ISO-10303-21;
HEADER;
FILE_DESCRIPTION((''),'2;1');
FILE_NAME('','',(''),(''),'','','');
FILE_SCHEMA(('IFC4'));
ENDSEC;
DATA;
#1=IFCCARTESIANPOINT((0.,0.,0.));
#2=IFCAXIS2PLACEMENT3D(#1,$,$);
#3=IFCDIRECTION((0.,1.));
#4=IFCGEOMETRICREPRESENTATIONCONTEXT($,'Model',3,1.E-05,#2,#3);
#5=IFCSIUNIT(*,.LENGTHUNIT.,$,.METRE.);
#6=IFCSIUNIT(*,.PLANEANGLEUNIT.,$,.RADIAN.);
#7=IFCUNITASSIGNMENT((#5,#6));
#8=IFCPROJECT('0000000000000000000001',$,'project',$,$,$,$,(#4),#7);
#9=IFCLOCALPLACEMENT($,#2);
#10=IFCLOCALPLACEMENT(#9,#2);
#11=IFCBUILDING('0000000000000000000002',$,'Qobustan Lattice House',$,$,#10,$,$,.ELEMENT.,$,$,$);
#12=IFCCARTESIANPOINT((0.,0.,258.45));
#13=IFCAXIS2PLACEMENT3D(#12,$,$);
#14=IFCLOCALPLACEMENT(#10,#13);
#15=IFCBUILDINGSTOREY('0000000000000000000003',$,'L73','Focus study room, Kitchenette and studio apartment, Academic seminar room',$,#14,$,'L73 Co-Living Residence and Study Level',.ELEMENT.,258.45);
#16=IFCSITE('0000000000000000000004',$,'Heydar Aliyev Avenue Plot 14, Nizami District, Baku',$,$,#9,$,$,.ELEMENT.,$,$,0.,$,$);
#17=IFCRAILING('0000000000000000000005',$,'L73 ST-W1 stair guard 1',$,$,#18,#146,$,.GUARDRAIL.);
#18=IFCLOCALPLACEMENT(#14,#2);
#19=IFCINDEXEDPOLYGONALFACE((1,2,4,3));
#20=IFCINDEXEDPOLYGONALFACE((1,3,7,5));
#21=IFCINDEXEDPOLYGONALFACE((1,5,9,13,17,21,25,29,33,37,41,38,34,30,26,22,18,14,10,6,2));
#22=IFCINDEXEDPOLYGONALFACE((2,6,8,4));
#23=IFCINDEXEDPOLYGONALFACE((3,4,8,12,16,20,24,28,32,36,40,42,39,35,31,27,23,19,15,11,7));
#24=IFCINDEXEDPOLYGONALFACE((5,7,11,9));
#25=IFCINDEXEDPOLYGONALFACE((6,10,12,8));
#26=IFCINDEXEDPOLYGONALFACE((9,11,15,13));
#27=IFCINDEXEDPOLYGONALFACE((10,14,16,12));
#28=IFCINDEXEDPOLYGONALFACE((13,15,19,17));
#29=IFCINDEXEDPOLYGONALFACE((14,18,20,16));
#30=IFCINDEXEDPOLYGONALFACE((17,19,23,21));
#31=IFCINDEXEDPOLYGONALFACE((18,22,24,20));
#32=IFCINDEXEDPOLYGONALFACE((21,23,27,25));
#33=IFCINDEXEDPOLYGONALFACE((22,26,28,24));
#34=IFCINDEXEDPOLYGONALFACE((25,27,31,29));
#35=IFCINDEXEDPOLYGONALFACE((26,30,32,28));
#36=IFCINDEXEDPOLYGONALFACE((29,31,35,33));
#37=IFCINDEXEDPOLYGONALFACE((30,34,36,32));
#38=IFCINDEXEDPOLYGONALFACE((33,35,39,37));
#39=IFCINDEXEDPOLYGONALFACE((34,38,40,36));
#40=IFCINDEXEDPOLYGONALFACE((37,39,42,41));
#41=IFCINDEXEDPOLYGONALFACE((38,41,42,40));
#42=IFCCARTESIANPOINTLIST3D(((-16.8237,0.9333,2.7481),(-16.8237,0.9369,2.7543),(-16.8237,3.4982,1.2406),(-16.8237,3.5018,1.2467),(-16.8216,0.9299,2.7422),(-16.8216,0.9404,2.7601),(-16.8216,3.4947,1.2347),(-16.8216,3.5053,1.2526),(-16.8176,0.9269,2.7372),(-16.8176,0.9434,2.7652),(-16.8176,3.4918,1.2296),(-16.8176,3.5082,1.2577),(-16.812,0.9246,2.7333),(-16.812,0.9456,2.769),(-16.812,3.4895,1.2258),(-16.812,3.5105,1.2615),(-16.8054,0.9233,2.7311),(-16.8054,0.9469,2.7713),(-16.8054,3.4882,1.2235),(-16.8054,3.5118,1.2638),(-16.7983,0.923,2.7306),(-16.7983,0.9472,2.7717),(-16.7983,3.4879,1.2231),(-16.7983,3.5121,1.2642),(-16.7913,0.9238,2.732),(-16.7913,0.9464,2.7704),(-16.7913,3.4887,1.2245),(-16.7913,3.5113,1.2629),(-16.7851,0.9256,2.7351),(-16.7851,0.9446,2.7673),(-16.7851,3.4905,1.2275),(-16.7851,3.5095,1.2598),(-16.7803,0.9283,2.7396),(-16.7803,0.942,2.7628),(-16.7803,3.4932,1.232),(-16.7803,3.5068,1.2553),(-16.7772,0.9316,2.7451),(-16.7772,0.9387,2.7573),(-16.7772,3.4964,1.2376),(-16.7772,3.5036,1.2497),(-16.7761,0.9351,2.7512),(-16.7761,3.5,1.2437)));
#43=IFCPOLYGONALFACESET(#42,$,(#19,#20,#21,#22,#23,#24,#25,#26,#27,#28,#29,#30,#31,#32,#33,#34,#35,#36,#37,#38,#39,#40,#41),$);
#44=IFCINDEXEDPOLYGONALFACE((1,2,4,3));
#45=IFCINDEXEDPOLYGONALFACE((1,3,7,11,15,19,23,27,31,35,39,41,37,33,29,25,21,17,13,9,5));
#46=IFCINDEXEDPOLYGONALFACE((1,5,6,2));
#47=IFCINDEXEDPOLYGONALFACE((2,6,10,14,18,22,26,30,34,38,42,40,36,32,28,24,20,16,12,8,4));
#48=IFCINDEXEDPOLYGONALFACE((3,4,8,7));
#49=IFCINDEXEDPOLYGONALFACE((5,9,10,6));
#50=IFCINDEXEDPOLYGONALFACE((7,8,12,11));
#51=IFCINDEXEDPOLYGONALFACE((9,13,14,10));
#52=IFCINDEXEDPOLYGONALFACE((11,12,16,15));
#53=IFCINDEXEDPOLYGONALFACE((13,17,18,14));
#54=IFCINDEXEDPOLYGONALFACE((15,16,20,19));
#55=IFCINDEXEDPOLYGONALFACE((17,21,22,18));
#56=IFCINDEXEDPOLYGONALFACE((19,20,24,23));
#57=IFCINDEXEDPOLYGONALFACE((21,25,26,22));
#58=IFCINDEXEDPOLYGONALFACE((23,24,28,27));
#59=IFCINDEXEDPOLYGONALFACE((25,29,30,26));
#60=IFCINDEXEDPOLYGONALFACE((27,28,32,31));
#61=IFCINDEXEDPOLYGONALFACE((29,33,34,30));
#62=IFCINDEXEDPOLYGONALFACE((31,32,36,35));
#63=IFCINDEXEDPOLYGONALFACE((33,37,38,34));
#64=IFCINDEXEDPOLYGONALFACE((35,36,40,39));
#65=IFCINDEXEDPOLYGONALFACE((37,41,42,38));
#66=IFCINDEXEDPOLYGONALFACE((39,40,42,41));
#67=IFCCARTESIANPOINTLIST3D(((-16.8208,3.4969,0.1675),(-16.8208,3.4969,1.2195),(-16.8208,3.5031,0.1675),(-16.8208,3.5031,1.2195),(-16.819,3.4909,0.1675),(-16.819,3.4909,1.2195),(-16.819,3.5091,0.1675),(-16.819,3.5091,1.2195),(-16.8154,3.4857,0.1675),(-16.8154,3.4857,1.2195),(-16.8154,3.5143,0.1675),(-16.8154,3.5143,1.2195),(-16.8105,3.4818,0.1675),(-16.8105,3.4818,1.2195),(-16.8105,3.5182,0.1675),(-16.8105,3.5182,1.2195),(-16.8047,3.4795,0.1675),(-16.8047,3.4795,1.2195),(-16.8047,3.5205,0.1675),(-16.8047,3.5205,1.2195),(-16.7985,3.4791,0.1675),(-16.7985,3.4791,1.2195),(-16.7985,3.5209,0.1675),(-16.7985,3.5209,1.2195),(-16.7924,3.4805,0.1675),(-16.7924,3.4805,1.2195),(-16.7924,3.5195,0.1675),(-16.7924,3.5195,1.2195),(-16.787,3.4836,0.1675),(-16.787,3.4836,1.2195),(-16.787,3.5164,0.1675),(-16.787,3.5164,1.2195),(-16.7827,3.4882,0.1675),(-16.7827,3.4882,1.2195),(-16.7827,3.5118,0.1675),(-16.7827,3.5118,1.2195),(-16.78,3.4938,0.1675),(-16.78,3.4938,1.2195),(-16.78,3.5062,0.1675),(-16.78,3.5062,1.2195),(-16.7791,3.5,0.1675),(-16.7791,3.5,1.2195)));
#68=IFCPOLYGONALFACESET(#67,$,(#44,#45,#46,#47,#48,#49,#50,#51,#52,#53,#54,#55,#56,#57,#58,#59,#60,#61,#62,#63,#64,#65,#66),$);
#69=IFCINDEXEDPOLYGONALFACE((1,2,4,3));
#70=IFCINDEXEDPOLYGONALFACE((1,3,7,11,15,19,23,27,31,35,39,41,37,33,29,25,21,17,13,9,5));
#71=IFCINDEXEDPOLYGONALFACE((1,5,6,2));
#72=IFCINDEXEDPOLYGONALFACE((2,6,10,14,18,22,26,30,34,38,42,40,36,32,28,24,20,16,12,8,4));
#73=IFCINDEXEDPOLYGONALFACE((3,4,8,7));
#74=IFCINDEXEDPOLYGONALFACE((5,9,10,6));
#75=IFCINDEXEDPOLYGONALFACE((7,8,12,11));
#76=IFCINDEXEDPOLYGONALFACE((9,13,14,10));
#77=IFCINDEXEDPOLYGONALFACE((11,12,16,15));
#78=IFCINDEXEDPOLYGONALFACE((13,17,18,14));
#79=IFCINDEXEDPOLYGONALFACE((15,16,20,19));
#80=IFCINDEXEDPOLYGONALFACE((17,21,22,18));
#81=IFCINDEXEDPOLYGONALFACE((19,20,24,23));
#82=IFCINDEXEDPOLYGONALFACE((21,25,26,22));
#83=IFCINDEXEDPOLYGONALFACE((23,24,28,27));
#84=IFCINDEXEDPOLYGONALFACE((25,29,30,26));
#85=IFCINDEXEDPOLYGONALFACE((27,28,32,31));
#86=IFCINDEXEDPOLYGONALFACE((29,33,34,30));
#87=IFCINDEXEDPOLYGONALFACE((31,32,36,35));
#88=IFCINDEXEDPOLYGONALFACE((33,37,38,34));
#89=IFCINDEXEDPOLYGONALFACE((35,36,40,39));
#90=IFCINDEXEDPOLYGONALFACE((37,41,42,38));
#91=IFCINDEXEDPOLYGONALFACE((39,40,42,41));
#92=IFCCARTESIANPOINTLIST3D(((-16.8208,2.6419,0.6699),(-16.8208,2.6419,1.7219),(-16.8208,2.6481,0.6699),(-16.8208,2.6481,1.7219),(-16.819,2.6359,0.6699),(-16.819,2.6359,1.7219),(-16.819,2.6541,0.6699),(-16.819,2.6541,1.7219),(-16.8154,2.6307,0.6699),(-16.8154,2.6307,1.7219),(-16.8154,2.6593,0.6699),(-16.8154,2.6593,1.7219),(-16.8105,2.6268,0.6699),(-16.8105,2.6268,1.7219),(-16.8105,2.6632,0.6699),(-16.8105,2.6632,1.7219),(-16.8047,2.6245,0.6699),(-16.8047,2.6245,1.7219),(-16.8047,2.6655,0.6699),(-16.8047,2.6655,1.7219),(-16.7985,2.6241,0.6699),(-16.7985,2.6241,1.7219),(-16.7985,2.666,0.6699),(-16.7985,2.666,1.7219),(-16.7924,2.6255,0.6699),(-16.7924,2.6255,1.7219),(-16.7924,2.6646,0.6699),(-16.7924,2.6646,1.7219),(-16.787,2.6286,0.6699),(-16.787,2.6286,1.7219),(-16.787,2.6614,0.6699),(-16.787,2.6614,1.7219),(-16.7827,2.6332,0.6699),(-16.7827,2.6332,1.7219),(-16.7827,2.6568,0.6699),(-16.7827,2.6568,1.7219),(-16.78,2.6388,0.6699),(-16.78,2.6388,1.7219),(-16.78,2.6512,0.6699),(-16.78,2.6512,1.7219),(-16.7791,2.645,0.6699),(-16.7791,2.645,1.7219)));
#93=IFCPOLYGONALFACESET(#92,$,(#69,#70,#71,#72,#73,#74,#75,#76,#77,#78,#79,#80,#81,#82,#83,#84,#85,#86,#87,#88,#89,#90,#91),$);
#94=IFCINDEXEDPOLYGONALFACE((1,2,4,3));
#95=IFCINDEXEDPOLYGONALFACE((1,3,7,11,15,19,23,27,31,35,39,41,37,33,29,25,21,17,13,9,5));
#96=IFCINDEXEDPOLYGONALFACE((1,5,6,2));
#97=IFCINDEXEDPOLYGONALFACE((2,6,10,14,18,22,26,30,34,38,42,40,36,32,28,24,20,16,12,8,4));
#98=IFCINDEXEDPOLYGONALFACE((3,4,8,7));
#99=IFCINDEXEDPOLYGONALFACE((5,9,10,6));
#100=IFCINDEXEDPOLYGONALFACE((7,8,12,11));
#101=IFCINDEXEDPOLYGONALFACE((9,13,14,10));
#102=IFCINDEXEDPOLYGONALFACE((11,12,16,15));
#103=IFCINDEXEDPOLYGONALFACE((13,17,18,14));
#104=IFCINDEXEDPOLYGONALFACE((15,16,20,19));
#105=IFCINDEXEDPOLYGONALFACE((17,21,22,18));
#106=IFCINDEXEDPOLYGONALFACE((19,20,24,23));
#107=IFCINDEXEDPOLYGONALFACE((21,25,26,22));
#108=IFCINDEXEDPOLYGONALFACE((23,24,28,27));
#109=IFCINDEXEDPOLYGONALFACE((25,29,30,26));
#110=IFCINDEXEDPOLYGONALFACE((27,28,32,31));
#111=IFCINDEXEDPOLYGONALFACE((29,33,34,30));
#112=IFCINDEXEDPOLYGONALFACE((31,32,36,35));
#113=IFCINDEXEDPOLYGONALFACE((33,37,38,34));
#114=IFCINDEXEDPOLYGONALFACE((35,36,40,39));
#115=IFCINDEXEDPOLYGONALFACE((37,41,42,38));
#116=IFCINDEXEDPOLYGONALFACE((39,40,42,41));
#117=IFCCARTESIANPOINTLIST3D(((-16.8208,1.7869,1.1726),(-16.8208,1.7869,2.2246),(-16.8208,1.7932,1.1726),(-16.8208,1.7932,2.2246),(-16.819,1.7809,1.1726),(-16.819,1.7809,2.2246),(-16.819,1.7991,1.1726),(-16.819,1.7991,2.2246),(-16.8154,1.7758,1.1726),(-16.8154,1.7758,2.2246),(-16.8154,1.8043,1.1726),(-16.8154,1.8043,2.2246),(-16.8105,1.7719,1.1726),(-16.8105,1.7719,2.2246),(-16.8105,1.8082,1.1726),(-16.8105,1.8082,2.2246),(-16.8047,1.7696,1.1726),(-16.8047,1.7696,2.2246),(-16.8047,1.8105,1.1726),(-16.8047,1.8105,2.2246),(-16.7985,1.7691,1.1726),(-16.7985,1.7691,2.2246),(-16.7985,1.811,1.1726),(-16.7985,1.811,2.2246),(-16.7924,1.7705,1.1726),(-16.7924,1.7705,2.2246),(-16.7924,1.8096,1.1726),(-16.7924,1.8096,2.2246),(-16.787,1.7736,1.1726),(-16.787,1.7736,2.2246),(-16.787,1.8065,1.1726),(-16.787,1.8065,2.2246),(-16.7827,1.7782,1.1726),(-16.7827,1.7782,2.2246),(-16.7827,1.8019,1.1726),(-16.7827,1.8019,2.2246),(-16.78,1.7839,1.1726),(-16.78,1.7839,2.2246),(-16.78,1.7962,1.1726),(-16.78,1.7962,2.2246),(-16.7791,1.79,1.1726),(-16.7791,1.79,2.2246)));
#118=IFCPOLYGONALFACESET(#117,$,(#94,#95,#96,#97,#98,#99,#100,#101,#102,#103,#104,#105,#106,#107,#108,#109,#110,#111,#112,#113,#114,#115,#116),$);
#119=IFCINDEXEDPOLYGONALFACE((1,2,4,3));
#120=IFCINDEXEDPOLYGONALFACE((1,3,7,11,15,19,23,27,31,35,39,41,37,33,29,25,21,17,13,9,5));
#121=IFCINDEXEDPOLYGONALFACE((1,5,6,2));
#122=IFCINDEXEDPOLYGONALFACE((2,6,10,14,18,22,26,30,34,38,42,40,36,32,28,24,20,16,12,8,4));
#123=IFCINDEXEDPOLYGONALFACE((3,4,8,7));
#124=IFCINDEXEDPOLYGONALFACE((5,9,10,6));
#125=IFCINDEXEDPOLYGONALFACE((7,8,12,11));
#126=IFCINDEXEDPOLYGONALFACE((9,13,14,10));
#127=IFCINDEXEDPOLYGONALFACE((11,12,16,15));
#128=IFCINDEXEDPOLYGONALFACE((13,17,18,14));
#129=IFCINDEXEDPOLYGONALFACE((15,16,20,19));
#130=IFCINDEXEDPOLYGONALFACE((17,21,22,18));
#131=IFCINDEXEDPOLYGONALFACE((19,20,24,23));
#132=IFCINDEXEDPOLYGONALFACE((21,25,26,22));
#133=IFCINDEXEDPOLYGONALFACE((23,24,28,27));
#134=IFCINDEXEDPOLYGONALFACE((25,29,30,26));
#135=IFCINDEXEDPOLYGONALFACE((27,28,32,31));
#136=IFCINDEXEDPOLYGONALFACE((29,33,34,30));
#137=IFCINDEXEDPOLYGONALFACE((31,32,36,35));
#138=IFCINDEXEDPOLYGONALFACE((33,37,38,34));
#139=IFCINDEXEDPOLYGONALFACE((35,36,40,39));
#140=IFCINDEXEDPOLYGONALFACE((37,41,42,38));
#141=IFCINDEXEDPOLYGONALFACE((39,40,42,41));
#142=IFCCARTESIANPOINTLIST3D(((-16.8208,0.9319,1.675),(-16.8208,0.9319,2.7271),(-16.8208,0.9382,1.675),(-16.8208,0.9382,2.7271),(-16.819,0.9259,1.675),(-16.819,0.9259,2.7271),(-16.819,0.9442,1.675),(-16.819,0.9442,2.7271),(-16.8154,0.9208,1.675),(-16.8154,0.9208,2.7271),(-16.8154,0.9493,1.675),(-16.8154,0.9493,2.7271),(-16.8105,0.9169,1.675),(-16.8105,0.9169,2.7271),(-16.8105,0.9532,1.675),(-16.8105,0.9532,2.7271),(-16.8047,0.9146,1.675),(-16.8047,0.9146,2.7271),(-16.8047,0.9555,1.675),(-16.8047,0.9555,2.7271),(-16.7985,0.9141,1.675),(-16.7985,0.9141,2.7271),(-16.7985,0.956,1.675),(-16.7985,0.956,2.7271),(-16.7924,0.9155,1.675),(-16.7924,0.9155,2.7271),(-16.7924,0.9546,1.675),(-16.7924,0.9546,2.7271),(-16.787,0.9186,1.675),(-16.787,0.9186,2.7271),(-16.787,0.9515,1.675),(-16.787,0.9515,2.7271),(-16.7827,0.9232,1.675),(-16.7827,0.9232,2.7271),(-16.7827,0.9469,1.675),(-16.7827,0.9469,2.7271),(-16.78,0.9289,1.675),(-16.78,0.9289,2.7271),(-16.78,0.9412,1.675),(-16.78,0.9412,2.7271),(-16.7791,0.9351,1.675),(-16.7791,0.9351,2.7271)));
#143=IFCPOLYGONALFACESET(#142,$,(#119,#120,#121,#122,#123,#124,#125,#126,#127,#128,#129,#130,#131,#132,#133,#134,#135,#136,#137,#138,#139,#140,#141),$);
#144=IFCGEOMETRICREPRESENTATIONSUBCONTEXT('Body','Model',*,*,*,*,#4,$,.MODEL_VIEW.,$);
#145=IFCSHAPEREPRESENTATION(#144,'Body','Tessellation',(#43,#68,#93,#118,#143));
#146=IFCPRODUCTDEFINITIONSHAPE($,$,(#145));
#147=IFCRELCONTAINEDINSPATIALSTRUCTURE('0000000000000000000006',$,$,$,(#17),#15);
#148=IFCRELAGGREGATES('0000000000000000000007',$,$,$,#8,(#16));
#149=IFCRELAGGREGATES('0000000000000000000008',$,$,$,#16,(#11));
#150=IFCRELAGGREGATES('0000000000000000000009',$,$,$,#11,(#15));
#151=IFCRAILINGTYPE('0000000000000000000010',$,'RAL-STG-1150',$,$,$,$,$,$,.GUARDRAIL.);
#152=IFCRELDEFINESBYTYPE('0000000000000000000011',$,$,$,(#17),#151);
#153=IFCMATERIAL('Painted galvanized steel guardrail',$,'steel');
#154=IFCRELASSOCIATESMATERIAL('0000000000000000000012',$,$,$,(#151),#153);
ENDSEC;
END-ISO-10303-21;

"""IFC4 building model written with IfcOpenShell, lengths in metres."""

from ifc_helpers import new_model, si_unit, direction, frame, origin, origin_2d, place, context, subcontext, project, spatial, circle, extrude, material, type_object, element, save


model = new_model("IFC4")

# Units and contexts
model_context = context("Model", 3, precision=1e-05, world=origin(), true_north=direction((0.0, 1.0)))
body_context = subcontext(model_context, "Body", "Model", "MODEL_VIEW")
ifc_project = project(units=[si_unit("LENGTHUNIT", "METRE"), si_unit("PLANEANGLEUNIT", "RADIAN")], contexts=[model_context])

# Site, building, storey
site_placement = place(None, origin())
site = spatial("IfcSite", under=ifc_project, at=site_placement, Name="Heydar Aliyev Avenue Plot 14, Nizami District, Baku", CompositionType="ELEMENT", RefElevation=0.0)
building_placement = place(site_placement, origin())
building = spatial("IfcBuilding", under=site, at=building_placement, Name="Qobustan Lattice House", CompositionType="ELEMENT")
storey_placement = place(building_placement, frame((0.0, 0.0, 258.45)))
storey = spatial("IfcBuildingStorey", under=building, at=storey_placement, Name="L73", Description="Focus study room, Kitchenette and studio apartment, Academic seminar room", LongName="L73 Co-Living Residence and Study Level", CompositionType="ELEMENT", Elevation=258.45)

# Railing
ifc_material_1 = material(Name="Painted galvanized steel guardrail", Category="steel")
railing_type = type_object("IfcRailingType", Name="RAL-STG-1150", PredefinedType="GUARDRAIL", material=ifc_material_1)
railing_1_placement = place(storey_placement, frame((-16.8, 3.5, 0.1675)))
element("IfcRailing", 1, at=railing_1_placement, inside=storey, type_object=railing_type, Name="L73 ST-W1 stair guard 1", PredefinedType="GUARDRAIL", context=body_context, shape_type="SweptSolid", body=[
    extrude(circle(Radius=0.0239, at=origin_2d()), frame((0.0, 0.0, 1.0762), z_axis=(0.0, -0.862113, 0.506715), x_axis=(1.0, 0.0, 0.0)), (0.0, 0.0, 1.0), 2.9751),
    extrude(circle(Radius=0.021, at=origin_2d()), origin(), (0.0, 0.0, 1.0), 1.052),
    extrude(circle(Radius=0.021, at=origin_2d()), frame((0.0, -0.855, 0.5024)), (0.0, 0.0, 1.0), 1.052),
    extrude(circle(Radius=0.021, at=origin_2d()), frame((0.0, -1.71, 1.0051)), (0.0, 0.0, 1.0), 1.052),
    extrude(circle(Radius=0.021, at=origin_2d()), frame((0.0, -2.5649, 1.5076)), (0.0, 0.0, 1.0), 1.052),
])

save(model, "model.ifc")
